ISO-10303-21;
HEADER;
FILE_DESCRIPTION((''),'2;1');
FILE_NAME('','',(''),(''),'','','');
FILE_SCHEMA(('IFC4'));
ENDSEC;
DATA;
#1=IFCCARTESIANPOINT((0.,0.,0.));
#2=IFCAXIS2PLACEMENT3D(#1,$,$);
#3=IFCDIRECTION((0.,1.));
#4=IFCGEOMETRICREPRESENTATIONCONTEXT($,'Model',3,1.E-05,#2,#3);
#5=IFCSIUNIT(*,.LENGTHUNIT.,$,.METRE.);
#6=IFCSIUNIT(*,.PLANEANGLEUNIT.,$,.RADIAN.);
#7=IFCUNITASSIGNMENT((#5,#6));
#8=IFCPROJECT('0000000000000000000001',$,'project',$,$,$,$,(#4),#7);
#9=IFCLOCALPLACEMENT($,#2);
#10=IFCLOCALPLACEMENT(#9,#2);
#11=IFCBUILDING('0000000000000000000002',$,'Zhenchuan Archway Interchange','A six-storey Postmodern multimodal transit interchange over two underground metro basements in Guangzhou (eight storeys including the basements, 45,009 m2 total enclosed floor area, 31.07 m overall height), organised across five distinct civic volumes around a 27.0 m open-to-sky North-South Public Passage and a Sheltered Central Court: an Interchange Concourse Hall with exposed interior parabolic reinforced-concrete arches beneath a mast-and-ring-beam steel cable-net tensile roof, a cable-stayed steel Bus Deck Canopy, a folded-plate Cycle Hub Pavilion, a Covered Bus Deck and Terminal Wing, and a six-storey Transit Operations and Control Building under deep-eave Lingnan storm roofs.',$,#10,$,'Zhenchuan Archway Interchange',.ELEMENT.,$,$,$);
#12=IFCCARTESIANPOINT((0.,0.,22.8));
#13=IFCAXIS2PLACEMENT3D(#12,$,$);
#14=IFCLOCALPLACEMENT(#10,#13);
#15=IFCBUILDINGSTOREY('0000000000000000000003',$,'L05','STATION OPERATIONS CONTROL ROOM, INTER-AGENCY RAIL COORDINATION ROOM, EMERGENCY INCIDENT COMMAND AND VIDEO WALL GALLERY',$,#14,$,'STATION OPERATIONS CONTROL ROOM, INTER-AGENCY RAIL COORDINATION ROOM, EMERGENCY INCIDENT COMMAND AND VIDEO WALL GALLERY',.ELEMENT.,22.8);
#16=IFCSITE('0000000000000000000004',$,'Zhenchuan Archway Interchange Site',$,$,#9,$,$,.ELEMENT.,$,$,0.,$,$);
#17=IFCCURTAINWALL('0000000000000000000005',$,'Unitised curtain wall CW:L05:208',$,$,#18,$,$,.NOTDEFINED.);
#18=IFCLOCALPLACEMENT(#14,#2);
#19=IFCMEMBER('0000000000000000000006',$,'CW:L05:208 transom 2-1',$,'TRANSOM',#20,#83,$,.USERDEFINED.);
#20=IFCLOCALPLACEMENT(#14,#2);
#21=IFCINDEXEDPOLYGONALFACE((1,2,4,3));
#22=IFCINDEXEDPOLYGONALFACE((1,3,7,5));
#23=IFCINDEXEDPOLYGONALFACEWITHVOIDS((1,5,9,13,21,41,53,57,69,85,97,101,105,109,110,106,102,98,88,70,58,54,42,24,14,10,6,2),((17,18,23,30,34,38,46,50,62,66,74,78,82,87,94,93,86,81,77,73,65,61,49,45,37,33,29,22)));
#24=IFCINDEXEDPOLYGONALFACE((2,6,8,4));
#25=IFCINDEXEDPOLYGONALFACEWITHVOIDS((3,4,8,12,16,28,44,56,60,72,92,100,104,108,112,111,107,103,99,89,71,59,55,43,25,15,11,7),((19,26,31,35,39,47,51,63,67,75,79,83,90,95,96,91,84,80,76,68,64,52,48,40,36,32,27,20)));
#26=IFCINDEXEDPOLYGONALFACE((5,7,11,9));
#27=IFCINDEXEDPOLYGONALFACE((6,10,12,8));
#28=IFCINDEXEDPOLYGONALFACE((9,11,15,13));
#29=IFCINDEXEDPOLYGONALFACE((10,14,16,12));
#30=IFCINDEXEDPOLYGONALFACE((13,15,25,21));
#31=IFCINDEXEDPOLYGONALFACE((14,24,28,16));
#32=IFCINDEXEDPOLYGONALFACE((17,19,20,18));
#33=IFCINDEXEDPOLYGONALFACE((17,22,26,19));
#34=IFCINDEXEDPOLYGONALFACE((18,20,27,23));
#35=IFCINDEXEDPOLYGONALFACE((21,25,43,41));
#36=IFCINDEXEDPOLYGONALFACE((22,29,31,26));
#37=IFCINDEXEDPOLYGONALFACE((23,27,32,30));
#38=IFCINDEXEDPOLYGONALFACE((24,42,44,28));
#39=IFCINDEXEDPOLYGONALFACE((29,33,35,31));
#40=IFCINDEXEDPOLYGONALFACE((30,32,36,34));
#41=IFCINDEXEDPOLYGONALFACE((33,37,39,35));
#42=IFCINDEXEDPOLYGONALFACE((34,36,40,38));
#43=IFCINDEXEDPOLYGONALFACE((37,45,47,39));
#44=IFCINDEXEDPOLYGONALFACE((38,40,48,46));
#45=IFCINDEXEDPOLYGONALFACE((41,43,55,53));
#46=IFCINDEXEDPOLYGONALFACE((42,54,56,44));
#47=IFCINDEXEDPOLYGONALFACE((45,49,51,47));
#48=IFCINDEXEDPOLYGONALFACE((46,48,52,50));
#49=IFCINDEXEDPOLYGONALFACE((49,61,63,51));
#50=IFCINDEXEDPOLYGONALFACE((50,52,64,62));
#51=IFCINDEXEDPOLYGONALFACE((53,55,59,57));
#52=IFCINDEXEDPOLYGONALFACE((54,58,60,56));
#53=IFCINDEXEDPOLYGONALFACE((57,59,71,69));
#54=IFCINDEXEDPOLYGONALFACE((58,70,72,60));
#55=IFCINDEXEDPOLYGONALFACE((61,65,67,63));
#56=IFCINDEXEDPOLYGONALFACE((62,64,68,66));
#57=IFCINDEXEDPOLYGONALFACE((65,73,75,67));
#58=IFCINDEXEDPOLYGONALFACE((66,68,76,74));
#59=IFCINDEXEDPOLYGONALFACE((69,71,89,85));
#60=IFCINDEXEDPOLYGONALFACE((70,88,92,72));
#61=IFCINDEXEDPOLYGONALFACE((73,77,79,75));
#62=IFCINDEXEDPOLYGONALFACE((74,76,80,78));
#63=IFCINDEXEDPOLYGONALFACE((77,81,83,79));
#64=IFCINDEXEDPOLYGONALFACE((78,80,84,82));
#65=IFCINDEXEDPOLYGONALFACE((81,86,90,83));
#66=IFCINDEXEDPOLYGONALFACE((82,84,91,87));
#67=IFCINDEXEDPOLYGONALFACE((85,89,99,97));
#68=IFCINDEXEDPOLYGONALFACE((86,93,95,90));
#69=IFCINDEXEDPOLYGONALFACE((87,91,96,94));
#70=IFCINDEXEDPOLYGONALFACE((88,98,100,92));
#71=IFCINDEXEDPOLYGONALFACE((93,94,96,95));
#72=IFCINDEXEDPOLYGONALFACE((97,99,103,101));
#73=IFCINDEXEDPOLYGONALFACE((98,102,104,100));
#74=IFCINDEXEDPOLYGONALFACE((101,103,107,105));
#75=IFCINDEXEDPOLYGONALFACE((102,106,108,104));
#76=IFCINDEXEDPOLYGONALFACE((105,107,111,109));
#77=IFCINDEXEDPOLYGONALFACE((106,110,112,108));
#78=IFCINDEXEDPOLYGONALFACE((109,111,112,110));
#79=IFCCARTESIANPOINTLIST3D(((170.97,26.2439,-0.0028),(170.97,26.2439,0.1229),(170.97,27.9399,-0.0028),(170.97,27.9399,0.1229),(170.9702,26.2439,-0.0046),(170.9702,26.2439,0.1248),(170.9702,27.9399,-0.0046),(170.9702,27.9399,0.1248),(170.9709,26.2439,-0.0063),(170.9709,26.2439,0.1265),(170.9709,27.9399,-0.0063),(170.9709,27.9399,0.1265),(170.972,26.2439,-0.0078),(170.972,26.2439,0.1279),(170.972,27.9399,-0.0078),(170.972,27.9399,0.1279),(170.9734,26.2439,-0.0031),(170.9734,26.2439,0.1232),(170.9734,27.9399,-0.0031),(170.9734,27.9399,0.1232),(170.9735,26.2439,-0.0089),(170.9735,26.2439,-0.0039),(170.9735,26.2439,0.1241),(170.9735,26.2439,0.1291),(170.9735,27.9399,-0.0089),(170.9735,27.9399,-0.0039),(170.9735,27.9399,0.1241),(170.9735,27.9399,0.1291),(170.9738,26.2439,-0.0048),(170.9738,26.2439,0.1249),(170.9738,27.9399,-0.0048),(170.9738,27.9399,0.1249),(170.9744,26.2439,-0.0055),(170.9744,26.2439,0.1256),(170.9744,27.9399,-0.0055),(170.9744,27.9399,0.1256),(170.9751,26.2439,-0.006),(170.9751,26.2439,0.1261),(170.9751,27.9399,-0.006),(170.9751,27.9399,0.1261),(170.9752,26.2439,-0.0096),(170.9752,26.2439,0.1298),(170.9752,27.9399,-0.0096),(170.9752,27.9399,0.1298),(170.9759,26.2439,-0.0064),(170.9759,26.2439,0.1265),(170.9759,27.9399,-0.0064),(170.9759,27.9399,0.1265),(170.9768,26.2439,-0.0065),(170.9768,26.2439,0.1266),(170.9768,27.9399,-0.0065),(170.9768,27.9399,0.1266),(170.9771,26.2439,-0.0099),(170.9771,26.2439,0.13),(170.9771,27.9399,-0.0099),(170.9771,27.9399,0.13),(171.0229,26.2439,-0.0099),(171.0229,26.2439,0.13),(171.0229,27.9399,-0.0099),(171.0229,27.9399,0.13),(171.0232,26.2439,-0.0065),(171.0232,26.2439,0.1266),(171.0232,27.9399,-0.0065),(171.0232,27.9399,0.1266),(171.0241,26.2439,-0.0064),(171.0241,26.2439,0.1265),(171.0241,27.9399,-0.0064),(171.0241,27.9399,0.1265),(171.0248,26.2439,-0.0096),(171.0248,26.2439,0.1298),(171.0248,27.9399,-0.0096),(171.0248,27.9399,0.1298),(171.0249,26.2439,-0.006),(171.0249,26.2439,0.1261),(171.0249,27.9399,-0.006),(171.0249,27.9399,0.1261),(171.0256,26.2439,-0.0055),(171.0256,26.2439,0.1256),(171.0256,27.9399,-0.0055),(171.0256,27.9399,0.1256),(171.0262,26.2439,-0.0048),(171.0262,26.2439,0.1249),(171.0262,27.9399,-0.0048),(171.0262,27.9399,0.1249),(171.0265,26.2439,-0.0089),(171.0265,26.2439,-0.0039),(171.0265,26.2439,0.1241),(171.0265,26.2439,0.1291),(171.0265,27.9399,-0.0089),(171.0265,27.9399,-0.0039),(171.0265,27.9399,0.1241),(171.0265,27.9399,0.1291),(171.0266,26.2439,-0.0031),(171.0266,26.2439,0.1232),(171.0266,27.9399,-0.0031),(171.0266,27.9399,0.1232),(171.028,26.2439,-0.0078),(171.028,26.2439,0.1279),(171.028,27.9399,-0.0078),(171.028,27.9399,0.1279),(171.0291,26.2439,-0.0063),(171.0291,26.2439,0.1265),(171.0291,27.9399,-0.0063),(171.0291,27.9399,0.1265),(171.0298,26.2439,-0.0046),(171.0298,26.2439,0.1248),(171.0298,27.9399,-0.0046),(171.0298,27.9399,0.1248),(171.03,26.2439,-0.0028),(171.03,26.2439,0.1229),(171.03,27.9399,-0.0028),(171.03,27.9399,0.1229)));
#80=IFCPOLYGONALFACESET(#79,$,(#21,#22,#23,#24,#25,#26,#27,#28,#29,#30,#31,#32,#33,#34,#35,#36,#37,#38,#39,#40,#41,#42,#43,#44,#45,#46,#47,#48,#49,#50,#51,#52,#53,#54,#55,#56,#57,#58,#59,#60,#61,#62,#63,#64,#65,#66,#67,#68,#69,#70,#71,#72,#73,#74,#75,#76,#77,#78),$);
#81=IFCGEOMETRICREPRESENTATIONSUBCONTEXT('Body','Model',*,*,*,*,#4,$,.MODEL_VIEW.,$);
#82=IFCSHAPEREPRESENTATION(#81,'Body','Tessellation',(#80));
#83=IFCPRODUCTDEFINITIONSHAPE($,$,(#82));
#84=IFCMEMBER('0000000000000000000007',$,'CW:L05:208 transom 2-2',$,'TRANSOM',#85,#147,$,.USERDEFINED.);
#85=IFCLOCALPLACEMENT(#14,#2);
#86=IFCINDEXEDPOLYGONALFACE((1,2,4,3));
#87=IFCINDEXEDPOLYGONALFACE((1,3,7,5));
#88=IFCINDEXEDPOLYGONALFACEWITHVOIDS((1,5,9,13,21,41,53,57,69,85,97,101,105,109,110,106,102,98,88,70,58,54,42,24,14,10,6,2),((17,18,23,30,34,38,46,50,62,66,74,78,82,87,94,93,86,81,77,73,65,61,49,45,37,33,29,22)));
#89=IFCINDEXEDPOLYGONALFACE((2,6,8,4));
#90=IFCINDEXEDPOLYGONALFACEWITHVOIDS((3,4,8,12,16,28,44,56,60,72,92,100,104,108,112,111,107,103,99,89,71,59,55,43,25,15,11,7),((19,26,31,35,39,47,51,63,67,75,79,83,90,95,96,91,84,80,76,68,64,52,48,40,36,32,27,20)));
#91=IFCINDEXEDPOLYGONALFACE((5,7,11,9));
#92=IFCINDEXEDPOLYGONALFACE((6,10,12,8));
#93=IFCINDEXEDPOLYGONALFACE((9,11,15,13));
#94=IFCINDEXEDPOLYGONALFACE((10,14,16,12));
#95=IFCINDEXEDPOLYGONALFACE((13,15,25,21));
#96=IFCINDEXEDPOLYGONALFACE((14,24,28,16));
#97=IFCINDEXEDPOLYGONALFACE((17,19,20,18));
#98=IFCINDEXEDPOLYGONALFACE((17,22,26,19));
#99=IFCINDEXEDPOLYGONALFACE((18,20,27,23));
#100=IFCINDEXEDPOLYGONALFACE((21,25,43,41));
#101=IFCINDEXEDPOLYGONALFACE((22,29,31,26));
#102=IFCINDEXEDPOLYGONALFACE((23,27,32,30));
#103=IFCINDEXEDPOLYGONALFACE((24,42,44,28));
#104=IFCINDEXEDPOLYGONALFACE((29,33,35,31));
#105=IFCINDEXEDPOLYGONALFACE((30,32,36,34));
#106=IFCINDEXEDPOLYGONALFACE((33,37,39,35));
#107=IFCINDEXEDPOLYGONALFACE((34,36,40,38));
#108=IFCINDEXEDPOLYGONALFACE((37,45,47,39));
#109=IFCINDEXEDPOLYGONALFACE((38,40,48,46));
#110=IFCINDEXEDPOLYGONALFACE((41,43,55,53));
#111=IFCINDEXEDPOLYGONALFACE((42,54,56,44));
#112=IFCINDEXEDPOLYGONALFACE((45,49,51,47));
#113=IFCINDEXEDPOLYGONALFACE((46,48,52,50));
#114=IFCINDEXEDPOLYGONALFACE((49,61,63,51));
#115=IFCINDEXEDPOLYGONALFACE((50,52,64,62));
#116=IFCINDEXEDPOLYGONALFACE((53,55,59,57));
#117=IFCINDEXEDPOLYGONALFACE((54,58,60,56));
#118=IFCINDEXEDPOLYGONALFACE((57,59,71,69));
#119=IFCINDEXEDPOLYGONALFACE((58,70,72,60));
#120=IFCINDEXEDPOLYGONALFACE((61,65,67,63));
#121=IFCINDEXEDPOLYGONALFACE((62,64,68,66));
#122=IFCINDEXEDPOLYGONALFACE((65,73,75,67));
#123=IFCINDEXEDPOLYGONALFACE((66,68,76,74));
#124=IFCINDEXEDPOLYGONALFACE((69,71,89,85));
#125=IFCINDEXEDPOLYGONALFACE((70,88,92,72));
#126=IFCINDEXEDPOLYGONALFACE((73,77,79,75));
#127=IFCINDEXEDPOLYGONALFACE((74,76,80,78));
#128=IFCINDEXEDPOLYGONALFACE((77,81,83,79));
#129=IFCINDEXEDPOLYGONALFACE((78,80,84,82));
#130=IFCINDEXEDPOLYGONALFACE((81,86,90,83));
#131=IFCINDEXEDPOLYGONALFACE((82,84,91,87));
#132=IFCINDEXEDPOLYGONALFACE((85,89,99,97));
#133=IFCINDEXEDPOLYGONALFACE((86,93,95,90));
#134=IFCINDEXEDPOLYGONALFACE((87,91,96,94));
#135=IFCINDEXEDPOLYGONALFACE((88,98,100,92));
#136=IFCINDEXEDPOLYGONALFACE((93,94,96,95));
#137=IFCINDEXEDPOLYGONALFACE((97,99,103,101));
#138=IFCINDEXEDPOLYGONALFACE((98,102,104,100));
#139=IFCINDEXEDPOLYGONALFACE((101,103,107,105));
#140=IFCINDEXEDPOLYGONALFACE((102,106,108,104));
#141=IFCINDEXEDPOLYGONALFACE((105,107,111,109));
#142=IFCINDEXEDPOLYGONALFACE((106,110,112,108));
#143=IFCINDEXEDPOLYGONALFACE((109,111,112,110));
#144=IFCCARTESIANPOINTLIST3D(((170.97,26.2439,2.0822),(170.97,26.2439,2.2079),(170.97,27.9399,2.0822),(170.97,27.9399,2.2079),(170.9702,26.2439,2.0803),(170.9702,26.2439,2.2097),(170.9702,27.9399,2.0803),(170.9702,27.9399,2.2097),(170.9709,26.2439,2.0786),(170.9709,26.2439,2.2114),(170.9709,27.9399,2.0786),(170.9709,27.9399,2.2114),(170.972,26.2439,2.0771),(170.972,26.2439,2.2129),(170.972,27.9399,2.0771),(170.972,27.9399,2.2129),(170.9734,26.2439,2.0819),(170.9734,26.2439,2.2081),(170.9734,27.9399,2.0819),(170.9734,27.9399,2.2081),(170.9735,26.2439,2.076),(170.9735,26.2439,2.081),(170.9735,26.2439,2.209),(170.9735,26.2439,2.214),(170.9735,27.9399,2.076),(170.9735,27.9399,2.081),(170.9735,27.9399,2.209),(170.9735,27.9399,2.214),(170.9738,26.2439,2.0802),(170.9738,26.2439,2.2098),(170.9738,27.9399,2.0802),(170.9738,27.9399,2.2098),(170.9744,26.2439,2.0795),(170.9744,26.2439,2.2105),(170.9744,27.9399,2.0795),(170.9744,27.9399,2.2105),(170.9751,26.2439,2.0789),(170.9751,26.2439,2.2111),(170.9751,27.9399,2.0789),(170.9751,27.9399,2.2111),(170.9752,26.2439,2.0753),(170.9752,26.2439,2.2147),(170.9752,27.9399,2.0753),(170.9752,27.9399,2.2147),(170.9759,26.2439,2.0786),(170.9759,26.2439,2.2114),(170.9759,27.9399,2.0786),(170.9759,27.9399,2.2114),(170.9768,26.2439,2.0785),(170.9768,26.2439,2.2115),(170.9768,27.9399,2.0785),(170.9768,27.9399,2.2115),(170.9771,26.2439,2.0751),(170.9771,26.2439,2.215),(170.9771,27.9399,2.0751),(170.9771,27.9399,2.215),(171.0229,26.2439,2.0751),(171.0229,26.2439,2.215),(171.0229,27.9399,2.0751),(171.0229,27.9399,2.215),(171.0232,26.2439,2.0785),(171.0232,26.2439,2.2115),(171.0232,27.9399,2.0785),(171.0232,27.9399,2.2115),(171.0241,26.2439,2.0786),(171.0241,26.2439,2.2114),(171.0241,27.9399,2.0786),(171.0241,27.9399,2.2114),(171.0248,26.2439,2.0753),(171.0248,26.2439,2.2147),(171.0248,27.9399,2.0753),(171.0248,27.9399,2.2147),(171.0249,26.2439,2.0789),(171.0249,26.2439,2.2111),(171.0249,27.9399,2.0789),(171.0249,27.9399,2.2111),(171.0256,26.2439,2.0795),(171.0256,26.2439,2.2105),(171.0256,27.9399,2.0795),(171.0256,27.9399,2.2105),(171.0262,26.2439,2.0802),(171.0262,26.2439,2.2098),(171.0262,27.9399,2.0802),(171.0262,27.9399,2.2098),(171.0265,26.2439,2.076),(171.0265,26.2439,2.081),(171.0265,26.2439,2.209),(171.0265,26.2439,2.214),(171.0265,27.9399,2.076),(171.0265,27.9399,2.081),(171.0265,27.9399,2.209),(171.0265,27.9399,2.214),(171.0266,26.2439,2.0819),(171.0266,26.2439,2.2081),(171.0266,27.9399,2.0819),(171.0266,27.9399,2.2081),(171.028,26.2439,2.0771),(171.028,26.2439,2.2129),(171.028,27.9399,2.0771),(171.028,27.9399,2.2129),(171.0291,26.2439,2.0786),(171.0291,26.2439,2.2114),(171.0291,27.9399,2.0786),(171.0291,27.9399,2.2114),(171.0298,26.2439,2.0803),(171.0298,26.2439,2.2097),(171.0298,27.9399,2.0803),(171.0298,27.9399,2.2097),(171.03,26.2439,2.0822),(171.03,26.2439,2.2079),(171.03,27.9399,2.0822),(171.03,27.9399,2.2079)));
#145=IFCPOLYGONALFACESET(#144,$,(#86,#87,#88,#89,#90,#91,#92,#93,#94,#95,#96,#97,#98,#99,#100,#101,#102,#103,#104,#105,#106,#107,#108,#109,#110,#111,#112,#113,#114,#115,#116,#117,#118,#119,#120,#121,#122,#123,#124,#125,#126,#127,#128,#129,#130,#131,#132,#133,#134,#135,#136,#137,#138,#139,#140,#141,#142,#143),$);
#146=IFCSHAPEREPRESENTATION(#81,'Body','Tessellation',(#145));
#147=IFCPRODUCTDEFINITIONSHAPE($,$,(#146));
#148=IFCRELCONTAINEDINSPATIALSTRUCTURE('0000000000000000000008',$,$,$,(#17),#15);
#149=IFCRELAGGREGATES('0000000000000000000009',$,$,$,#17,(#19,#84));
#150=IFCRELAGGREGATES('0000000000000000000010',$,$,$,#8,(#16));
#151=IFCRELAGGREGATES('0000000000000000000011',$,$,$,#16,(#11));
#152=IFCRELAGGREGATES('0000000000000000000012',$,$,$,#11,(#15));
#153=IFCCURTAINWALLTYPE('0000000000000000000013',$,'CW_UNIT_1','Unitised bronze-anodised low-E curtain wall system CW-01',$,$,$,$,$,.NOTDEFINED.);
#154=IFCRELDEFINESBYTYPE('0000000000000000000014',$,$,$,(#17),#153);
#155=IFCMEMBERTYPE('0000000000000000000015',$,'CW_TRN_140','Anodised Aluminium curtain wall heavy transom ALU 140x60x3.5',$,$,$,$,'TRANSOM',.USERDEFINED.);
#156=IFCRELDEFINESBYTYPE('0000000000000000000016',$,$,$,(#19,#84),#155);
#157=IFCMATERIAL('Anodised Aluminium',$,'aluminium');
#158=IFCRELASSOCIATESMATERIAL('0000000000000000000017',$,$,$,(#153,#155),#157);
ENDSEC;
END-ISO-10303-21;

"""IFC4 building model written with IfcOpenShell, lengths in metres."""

from ifc_helpers import new_model, si_unit, direction, frame, origin, origin_2d, place, context, subcontext, project, spatial, hollow_rectangle, extrude, material, material_profile, profile_set, type_object, element, aggregate, save


model = new_model("IFC4")

# Units and contexts
model_context = context("Model", 3, precision=1e-05, world=origin(), true_north=direction((0.0, 1.0)))
body_context = subcontext(model_context, "Body", "Model", "MODEL_VIEW")
ifc_project = project(units=[si_unit("LENGTHUNIT", "METRE"), si_unit("PLANEANGLEUNIT", "RADIAN")], contexts=[model_context])

# Site, building, storey
site_placement = place(None, origin())
site = spatial("IfcSite", under=ifc_project, at=site_placement, Name="Zhenchuan Archway Interchange Site", CompositionType="ELEMENT", RefElevation=0.0)
building_placement = place(site_placement, origin())
building = spatial("IfcBuilding", under=site, at=building_placement, Name="Zhenchuan Archway Interchange", Description="A six-storey Postmodern multimodal transit interchange over two underground metro basements in Guangzhou (eight storeys including the basements, 45,009 m2 total enclosed floor area, 31.07 m overall height), organised across five distinct civic volumes around a 27.0 m open-to-sky North-South Public Passage and a Sheltered Central Court: an Interchange Concourse Hall with exposed interior parabolic reinforced-concrete arches beneath a mast-and-ring-beam steel cable-net tensile roof, a cable-stayed steel Bus Deck Canopy, a folded-plate Cycle Hub Pavilion, a Covered Bus Deck and Terminal Wing, and a six-storey Transit Operations and Control Building under deep-eave Lingnan storm roofs.", LongName="Zhenchuan Archway Interchange", CompositionType="ELEMENT")
storey_placement = place(building_placement, frame((0.0, 0.0, 22.8)))
storey = spatial("IfcBuildingStorey", under=building, at=storey_placement, Name="L05", Description="STATION OPERATIONS CONTROL ROOM, INTER-AGENCY RAIL COORDINATION ROOM, EMERGENCY INCIDENT COMMAND AND VIDEO WALL GALLERY", LongName="STATION OPERATIONS CONTROL ROOM, INTER-AGENCY RAIL COORDINATION ROOM, EMERGENCY INCIDENT COMMAND AND VIDEO WALL GALLERY", CompositionType="ELEMENT", Elevation=22.8)

# Curtain wall, members
ifc_material_1 = material(Name="Anodised Aluminium", Category="aluminium")
curtain_wall_type = type_object("IfcCurtainWallType", Name="CW_UNIT_1", Description="Unitised bronze-anodised low-E curtain wall system CW-01", PredefinedType="NOTDEFINED", material=ifc_material_1)
curtain_wall_placement = place(storey_placement, origin())
curtain_wall = element("IfcCurtainWall", 1, at=curtain_wall_placement, inside=storey, type_object=curtain_wall_type, Name="Unitised curtain wall CW:L05:208", PredefinedType="NOTDEFINED")
ifc_material_profile_1 = material_profile(ifc_material_1, hollow_rectangle(XDim=0.0601, YDim=0.1399, WallThickness=0.0034, InnerFilletRadius=0.0034, OuterFilletRadius=0.0071, at=origin_2d()), Name="ALU 140x60x3.5")
ifc_profile_set_1 = profile_set([ifc_material_profile_1], Name="Anodised Aluminium")
member_type_1 = type_object("IfcMemberType", Name="CW_TRN_140", Description="Anodised Aluminium curtain wall heavy transom ALU 140x60x3.5", ElementType="TRANSOM", PredefinedType="USERDEFINED", material=ifc_profile_set_1)
member_1_placement = place(storey_placement, frame((171.0, 27.9399, 0.0601), z_axis=(0.0, -1.0, 0.0), x_axis=(1.0, 0.0, 0.0)))
member_1 = element("IfcMember", 2, at=member_1_placement, type_object=member_type_1, Name="CW:L05:208 transom 2-1", ObjectType="TRANSOM", PredefinedType="USERDEFINED", context=body_context, shape_type="SweptSolid", body=[
    extrude(hollow_rectangle(XDim=0.0601, YDim=0.1399, WallThickness=0.0034, InnerFilletRadius=0.0034, OuterFilletRadius=0.0071, at=origin_2d()), origin(), (0.0, 0.0, 1.0), 1.696),
])
member_2_placement = place(storey_placement, frame((171.0, 27.9399, 2.145), z_axis=(0.0, -1.0, 0.0), x_axis=(1.0, 0.0, 0.0)))
member_2 = element("IfcMember", 3, at=member_2_placement, type_object=member_type_1, Name="CW:L05:208 transom 2-2", ObjectType="TRANSOM", PredefinedType="USERDEFINED", context=body_context, shape_type="SweptSolid", body=[
    extrude(hollow_rectangle(XDim=0.0601, YDim=0.1399, WallThickness=0.0034, InnerFilletRadius=0.0034, OuterFilletRadius=0.0071, at=origin_2d()), origin(), (0.0, 0.0, 1.0), 1.696),
])
aggregate(curtain_wall, [member_1, member_2])

save(model, "model.ifc")
